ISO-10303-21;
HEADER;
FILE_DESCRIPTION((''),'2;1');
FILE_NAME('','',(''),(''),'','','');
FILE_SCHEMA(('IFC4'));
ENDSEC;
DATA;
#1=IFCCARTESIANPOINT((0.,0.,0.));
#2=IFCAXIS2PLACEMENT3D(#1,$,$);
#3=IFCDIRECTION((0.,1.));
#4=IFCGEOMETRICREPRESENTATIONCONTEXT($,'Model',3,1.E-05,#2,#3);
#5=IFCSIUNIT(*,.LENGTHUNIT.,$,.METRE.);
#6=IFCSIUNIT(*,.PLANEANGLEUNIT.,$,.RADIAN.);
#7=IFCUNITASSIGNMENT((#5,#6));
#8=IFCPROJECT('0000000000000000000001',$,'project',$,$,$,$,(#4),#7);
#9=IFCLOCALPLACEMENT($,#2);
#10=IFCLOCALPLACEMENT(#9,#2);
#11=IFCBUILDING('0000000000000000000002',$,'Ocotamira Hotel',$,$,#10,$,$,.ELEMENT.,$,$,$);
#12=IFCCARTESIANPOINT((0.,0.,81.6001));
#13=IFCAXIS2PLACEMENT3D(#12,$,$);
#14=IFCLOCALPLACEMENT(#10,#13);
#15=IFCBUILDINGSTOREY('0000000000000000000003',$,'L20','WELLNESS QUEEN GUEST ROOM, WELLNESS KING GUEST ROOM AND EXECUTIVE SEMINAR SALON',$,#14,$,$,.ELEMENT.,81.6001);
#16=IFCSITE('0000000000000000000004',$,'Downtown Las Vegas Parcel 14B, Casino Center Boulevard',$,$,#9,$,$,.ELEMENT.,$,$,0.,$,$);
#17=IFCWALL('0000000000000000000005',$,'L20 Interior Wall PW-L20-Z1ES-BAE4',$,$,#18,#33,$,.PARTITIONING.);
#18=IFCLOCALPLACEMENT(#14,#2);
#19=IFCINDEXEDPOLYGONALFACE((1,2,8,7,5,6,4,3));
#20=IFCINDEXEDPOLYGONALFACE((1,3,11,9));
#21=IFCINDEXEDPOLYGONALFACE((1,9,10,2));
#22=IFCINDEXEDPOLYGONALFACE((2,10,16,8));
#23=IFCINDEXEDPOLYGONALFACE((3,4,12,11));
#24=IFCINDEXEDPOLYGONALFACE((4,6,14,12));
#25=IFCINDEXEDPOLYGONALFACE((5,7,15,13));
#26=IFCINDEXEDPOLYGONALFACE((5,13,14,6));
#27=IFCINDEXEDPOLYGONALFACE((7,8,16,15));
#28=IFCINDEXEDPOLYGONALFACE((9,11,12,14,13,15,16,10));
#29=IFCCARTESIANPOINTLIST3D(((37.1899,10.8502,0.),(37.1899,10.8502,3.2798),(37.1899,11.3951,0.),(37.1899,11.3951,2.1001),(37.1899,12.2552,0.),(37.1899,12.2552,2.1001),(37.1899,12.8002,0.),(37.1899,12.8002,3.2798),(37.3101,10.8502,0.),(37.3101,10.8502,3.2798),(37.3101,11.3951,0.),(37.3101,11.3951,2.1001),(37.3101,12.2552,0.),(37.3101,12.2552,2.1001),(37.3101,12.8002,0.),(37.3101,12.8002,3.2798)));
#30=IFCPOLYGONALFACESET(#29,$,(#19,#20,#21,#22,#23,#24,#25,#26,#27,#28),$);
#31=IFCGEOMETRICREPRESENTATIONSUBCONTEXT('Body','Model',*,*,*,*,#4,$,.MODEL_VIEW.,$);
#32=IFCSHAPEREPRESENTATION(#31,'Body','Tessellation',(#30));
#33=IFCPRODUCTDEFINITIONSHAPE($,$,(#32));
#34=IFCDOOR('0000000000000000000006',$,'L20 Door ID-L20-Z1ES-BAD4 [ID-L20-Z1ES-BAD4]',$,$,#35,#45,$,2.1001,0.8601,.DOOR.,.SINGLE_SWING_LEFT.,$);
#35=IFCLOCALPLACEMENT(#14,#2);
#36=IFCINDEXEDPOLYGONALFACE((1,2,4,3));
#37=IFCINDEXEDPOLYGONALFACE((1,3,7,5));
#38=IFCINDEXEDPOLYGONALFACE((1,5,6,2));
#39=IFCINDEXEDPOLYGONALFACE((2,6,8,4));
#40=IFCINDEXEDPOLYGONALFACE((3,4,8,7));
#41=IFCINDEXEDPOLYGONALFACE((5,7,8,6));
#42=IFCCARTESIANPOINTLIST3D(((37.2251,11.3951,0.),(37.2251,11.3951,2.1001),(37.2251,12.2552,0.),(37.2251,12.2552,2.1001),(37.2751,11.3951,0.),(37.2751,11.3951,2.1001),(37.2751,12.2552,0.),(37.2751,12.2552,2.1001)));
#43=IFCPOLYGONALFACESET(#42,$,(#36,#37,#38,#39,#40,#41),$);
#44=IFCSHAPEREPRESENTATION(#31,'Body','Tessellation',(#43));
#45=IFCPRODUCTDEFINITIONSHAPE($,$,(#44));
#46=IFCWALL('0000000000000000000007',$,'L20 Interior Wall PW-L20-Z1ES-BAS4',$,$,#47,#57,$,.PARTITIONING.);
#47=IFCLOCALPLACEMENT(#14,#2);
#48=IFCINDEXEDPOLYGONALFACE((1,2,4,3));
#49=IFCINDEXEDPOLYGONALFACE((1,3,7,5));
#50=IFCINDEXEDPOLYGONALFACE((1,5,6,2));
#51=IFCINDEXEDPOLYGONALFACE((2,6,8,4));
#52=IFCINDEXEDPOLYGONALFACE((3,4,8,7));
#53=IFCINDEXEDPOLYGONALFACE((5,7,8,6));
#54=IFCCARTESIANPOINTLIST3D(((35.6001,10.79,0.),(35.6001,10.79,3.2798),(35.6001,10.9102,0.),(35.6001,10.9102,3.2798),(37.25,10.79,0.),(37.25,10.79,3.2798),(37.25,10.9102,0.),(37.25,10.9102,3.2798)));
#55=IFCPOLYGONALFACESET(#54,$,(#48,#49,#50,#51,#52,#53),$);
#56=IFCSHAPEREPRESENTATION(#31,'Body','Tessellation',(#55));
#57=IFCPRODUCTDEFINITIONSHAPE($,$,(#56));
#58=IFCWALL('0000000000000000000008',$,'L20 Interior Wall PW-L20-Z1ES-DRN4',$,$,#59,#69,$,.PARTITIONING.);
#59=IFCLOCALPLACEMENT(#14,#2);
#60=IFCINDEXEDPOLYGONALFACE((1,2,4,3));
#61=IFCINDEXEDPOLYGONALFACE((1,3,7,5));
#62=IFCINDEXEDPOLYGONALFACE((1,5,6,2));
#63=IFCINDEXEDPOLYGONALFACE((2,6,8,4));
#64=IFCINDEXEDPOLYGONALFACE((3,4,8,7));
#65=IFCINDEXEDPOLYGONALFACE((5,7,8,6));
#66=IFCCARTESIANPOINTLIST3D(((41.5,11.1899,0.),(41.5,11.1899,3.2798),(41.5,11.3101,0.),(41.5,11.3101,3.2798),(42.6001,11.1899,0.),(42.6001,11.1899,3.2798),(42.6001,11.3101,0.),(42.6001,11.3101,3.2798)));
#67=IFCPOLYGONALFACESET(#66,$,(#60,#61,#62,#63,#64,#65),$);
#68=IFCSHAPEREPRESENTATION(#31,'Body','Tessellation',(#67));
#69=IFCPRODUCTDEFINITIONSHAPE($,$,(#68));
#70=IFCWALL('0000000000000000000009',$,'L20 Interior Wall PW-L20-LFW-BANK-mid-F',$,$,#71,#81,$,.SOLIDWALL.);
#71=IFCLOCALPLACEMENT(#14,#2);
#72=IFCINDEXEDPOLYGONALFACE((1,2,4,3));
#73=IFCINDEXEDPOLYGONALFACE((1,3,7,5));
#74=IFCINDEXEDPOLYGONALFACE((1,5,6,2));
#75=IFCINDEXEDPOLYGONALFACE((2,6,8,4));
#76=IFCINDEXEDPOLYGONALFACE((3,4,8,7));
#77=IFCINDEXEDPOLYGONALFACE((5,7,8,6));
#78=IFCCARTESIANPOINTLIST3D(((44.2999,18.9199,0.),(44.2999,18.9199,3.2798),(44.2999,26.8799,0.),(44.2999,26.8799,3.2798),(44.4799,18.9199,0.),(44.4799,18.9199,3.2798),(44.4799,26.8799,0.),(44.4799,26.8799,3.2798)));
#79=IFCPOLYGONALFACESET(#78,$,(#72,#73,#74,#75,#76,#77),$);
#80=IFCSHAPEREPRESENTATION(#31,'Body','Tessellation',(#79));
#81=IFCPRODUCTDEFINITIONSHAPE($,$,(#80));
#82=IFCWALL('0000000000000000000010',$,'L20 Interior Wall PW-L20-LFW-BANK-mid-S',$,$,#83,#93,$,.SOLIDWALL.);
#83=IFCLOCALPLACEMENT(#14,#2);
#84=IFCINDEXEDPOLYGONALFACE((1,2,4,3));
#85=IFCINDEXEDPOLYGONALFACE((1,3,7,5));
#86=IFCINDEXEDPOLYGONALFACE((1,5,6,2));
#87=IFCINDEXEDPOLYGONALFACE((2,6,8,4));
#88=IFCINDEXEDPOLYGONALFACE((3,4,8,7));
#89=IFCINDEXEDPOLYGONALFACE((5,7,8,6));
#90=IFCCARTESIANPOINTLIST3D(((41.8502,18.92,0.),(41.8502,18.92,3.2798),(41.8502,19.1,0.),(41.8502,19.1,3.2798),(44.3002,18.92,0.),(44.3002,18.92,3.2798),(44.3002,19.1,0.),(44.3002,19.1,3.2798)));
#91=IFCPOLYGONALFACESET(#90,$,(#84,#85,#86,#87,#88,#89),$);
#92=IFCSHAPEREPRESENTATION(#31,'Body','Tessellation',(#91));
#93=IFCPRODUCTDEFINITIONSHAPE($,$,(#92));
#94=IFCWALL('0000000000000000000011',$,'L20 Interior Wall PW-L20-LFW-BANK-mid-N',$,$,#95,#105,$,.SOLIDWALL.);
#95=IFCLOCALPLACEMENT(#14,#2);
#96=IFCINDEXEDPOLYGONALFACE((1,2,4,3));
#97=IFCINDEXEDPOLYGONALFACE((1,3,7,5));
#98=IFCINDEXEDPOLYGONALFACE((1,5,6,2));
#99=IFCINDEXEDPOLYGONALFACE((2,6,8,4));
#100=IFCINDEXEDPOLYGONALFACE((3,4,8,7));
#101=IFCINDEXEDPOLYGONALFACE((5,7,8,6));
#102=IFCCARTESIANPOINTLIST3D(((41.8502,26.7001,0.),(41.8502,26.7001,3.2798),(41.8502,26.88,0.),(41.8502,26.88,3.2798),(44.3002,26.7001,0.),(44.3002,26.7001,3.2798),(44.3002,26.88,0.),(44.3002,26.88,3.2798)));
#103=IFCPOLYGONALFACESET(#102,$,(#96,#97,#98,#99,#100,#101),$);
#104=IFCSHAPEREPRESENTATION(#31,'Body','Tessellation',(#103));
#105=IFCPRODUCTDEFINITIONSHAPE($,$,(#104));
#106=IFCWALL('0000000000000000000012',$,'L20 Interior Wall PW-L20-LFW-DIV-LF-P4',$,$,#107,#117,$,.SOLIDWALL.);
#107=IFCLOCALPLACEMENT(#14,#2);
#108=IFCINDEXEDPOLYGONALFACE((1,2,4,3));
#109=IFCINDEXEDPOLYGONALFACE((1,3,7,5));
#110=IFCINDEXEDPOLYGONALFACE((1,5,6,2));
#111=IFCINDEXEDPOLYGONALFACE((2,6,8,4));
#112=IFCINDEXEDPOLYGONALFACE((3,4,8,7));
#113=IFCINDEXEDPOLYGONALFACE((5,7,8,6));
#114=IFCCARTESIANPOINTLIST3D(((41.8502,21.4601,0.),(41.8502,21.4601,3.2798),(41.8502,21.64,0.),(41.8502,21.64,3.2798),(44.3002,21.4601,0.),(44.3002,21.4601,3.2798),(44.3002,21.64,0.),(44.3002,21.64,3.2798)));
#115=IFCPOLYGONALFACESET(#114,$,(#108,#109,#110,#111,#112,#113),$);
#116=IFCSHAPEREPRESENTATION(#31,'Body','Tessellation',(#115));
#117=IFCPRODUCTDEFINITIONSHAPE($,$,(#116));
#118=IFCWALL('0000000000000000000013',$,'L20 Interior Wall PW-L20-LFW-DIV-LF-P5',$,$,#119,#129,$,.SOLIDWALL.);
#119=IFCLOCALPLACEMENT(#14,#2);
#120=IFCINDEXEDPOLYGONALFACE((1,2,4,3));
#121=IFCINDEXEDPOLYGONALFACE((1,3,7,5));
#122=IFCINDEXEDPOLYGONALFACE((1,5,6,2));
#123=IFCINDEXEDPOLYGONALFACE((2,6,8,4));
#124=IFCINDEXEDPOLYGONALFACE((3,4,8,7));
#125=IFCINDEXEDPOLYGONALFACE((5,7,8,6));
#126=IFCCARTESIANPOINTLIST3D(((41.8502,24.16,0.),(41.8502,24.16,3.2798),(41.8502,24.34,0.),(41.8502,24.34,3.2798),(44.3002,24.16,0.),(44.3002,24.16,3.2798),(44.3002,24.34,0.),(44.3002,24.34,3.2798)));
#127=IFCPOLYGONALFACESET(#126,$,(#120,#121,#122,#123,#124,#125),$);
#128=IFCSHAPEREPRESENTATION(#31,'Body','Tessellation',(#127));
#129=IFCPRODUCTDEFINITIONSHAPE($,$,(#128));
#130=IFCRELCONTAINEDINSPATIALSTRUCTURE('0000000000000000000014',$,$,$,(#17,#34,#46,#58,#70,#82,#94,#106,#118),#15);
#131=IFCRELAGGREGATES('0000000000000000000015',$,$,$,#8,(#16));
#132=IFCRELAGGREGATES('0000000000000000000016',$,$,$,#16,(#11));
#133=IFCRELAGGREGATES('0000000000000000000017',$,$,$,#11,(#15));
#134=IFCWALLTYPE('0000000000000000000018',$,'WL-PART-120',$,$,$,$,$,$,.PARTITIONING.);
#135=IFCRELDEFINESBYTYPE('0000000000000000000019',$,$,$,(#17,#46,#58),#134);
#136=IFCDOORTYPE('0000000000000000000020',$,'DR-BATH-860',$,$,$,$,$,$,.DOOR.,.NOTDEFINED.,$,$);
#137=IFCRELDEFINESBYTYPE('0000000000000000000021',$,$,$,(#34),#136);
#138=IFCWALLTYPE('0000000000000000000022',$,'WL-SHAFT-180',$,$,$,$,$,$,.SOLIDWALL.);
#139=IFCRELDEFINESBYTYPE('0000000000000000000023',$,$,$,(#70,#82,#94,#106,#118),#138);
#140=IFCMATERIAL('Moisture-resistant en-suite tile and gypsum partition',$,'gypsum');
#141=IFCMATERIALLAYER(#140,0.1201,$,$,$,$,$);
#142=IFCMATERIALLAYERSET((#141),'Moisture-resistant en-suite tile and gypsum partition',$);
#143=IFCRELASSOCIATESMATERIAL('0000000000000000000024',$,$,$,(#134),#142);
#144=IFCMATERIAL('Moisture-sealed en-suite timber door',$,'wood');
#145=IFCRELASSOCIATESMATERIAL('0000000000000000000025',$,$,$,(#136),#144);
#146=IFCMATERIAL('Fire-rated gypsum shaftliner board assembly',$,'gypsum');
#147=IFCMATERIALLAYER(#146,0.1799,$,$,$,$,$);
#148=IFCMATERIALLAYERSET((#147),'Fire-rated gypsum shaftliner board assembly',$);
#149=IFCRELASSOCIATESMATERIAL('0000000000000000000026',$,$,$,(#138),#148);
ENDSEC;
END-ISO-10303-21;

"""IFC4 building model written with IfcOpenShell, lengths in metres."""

from ifc_helpers import new_model, si_unit, direction, frame, frame_2d, origin, place, context, subcontext, project, spatial, rectangle, extrude, source, transform, mapped, material, layer, layer_set, type_object, element, fill, save


model = new_model("IFC4")

# Units and contexts
model_context = context("Model", 3, precision=1e-05, world=origin(), true_north=direction((0.0, 1.0)))
body_context = subcontext(model_context, "Body", "Model", "MODEL_VIEW")
ifc_project = project(units=[si_unit("LENGTHUNIT", "METRE"), si_unit("PLANEANGLEUNIT", "RADIAN")], contexts=[model_context])

# Site, building, storey
site_placement = place(None, origin())
site = spatial("IfcSite", under=ifc_project, at=site_placement, Name="Downtown Las Vegas Parcel 14B, Casino Center Boulevard", CompositionType="ELEMENT", RefElevation=0.0)
building_placement = place(site_placement, origin())
building = spatial("IfcBuilding", under=site, at=building_placement, Name="Ocotamira Hotel", CompositionType="ELEMENT")
storey_placement = place(building_placement, frame((0.0, 0.0, 81.6001)))
storey = spatial("IfcBuildingStorey", under=building, at=storey_placement, Name="L20", Description="WELLNESS QUEEN GUEST ROOM, WELLNESS KING GUEST ROOM AND EXECUTIVE SEMINAR SALON", CompositionType="ELEMENT", Elevation=81.6001)

# Shared definitions
ifc_material_1 = material(Name="Moisture-resistant en-suite tile and gypsum partition", Category="gypsum")
ifc_layer_1 = layer(ifc_material_1, 0.1201)
ifc_layer_set_1 = layer_set([ifc_layer_1], Name="Moisture-resistant en-suite tile and gypsum partition")
wall_type_1 = type_object("IfcWallType", Name="WL-PART-120", PredefinedType="PARTITIONING", material=ifc_layer_set_1)

# Shared definitions
ifc_material_2 = material(Name="Moisture-sealed en-suite timber door", Category="wood")
door_type_1 = type_object("IfcDoorType", Name="DR-BATH-860", OperationType="NOTDEFINED", PredefinedType="DOOR", material=ifc_material_2)
shared_shape_1 = source(origin(), body_context, "Body", "SweptSolid", [
    extrude(rectangle(XDim=0.8601, YDim=2.1001, at=frame_2d((0.4302, 1.05))), frame((0.0, 0.0249, 0.0), z_axis=(0.0, -1.0, 0.0), x_axis=(1.0, 0.0, 0.0)), (0.0, 0.0, 1.0), 0.05),
])

# Wall, opening, door
wall_1_placement = place(storey_placement, frame((37.25, 10.8501, 0.0), z_axis=(0.0, 0.0, 1.0), x_axis=(0.0, 1.0, 0.0)))
wall_1 = element("IfcWall", 1, at=wall_1_placement, inside=storey, type_object=wall_type_1, Name="L20 Interior Wall PW-L20-Z1ES-BAE4", PredefinedType="PARTITIONING", context=body_context, shape_type="SweptSolid", body=[
    extrude(rectangle(XDim=1.95, YDim=0.1201, at=frame_2d((0.9751, 0.0))), origin(), (0.0, 0.0, 1.0), 3.2798),
])
opening_1_placement = place(wall_1_placement, frame((0.5449, 0.0, 0.0)))
opening_1 = element("IfcOpeningElement", 2, at=opening_1_placement, cuts=wall_1, PredefinedType="OPENING", context=body_context, shape_type="SweptSolid", body=[
    extrude(rectangle(XDim=0.8601, YDim=2.1001, at=frame_2d((0.4302, 1.05))), frame((0.0, 0.0701, 0.0), z_axis=(0.0, -1.0, 0.0), x_axis=(1.0, 0.0, 0.0)), (0.0, 0.0, 1.0), 0.1401),
])
door_1_placement = place(opening_1_placement, origin())
door_1 = element("IfcDoor", 3, at=door_1_placement, inside=storey, type_object=door_type_1, Name="L20 Door ID-L20-Z1ES-BAD4 [ID-L20-Z1ES-BAD4]", OperationType="SINGLE_SWING_LEFT", OverallHeight=2.1001, OverallWidth=0.8601, PredefinedType="DOOR", context=body_context, shape_type="MappedRepresentation", body=[
    mapped(shared_shape_1, transform((0.0, 0.0, 0.0), scale=1.0)),
])
fill(opening_1, door_1)

# Walls
wall_2_placement = place(storey_placement, frame((35.6001, 10.8501, 0.0), z_axis=(0.0, 0.0, 1.0), x_axis=(1.0, 0.0, 0.0)))
element("IfcWall", 4, at=wall_2_placement, inside=storey, type_object=wall_type_1, Name="L20 Interior Wall PW-L20-Z1ES-BAS4", PredefinedType="PARTITIONING", context=body_context, shape_type="SweptSolid", body=[
    extrude(rectangle(XDim=1.6499, YDim=0.1201, at=frame_2d((0.825, 0.0))), origin(), (0.0, 0.0, 1.0), 3.2798),
])
wall_3_placement = place(storey_placement, frame((41.5, 11.25, 0.0), z_axis=(0.0, 0.0, 1.0), x_axis=(1.0, 0.0, 0.0)))
element("IfcWall", 5, at=wall_3_placement, inside=storey, type_object=wall_type_1, Name="L20 Interior Wall PW-L20-Z1ES-DRN4", PredefinedType="PARTITIONING", context=body_context, shape_type="SweptSolid", body=[
    extrude(rectangle(XDim=1.1001, YDim=0.1201, at=frame_2d((0.55, 0.0))), origin(), (0.0, 0.0, 1.0), 3.2798),
])
ifc_material_3 = material(Name="Fire-rated gypsum shaftliner board assembly", Category="gypsum")
ifc_layer_2 = layer(ifc_material_3, 0.1799)
ifc_layer_set_2 = layer_set([ifc_layer_2], Name="Fire-rated gypsum shaftliner board assembly")
wall_type_2 = type_object("IfcWallType", Name="WL-SHAFT-180", PredefinedType="SOLIDWALL", material=ifc_layer_set_2)
wall_4_placement = place(storey_placement, frame((44.3899, 18.9199, 0.0), z_axis=(0.0, 0.0, 1.0), x_axis=(0.0, 1.0, 0.0)))
element("IfcWall", 6, at=wall_4_placement, inside=storey, type_object=wall_type_2, Name="L20 Interior Wall PW-L20-LFW-BANK-mid-F", PredefinedType="SOLIDWALL", context=body_context, shape_type="SweptSolid", body=[
    extrude(rectangle(XDim=7.96, YDim=0.1799, at=frame_2d((3.98, 0.0))), origin(), (0.0, 0.0, 1.0), 3.2798),
])
for number, where, z_axis, x_axis, name in (
    (7, (41.8501, 19.01, 0.0), (0.0, 0.0, 1.0), (1.0, 0.0, 0.0), "L20 Interior Wall PW-L20-LFW-BANK-mid-S"),
    (8, (41.8501, 26.79, 0.0), (0.0, 0.0, 1.0), (1.0, 0.0, 0.0), "L20 Interior Wall PW-L20-LFW-BANK-mid-N"),
    (9, (41.8501, 21.55, 0.0), (0.0, 0.0, 1.0), (1.0, 0.0, 0.0), "L20 Interior Wall PW-L20-LFW-DIV-LF-P4"),
    (10, (41.8501, 24.25, 0.0), (0.0, 0.0, 1.0), (1.0, 0.0, 0.0), "L20 Interior Wall PW-L20-LFW-DIV-LF-P5"),
):
    element("IfcWall", number, at=place(storey_placement, frame(where, z_axis=z_axis, x_axis=x_axis)), inside=storey, type_object=wall_type_2, Name=name, PredefinedType="SOLIDWALL", context=body_context, shape_type="SweptSolid", body=[
        extrude(rectangle(XDim=2.45, YDim=0.1799, at=frame_2d((1.2251, 0.0))), origin(), (0.0, 0.0, 1.0), 3.2798),
    ])

save(model, "model.ifc")
